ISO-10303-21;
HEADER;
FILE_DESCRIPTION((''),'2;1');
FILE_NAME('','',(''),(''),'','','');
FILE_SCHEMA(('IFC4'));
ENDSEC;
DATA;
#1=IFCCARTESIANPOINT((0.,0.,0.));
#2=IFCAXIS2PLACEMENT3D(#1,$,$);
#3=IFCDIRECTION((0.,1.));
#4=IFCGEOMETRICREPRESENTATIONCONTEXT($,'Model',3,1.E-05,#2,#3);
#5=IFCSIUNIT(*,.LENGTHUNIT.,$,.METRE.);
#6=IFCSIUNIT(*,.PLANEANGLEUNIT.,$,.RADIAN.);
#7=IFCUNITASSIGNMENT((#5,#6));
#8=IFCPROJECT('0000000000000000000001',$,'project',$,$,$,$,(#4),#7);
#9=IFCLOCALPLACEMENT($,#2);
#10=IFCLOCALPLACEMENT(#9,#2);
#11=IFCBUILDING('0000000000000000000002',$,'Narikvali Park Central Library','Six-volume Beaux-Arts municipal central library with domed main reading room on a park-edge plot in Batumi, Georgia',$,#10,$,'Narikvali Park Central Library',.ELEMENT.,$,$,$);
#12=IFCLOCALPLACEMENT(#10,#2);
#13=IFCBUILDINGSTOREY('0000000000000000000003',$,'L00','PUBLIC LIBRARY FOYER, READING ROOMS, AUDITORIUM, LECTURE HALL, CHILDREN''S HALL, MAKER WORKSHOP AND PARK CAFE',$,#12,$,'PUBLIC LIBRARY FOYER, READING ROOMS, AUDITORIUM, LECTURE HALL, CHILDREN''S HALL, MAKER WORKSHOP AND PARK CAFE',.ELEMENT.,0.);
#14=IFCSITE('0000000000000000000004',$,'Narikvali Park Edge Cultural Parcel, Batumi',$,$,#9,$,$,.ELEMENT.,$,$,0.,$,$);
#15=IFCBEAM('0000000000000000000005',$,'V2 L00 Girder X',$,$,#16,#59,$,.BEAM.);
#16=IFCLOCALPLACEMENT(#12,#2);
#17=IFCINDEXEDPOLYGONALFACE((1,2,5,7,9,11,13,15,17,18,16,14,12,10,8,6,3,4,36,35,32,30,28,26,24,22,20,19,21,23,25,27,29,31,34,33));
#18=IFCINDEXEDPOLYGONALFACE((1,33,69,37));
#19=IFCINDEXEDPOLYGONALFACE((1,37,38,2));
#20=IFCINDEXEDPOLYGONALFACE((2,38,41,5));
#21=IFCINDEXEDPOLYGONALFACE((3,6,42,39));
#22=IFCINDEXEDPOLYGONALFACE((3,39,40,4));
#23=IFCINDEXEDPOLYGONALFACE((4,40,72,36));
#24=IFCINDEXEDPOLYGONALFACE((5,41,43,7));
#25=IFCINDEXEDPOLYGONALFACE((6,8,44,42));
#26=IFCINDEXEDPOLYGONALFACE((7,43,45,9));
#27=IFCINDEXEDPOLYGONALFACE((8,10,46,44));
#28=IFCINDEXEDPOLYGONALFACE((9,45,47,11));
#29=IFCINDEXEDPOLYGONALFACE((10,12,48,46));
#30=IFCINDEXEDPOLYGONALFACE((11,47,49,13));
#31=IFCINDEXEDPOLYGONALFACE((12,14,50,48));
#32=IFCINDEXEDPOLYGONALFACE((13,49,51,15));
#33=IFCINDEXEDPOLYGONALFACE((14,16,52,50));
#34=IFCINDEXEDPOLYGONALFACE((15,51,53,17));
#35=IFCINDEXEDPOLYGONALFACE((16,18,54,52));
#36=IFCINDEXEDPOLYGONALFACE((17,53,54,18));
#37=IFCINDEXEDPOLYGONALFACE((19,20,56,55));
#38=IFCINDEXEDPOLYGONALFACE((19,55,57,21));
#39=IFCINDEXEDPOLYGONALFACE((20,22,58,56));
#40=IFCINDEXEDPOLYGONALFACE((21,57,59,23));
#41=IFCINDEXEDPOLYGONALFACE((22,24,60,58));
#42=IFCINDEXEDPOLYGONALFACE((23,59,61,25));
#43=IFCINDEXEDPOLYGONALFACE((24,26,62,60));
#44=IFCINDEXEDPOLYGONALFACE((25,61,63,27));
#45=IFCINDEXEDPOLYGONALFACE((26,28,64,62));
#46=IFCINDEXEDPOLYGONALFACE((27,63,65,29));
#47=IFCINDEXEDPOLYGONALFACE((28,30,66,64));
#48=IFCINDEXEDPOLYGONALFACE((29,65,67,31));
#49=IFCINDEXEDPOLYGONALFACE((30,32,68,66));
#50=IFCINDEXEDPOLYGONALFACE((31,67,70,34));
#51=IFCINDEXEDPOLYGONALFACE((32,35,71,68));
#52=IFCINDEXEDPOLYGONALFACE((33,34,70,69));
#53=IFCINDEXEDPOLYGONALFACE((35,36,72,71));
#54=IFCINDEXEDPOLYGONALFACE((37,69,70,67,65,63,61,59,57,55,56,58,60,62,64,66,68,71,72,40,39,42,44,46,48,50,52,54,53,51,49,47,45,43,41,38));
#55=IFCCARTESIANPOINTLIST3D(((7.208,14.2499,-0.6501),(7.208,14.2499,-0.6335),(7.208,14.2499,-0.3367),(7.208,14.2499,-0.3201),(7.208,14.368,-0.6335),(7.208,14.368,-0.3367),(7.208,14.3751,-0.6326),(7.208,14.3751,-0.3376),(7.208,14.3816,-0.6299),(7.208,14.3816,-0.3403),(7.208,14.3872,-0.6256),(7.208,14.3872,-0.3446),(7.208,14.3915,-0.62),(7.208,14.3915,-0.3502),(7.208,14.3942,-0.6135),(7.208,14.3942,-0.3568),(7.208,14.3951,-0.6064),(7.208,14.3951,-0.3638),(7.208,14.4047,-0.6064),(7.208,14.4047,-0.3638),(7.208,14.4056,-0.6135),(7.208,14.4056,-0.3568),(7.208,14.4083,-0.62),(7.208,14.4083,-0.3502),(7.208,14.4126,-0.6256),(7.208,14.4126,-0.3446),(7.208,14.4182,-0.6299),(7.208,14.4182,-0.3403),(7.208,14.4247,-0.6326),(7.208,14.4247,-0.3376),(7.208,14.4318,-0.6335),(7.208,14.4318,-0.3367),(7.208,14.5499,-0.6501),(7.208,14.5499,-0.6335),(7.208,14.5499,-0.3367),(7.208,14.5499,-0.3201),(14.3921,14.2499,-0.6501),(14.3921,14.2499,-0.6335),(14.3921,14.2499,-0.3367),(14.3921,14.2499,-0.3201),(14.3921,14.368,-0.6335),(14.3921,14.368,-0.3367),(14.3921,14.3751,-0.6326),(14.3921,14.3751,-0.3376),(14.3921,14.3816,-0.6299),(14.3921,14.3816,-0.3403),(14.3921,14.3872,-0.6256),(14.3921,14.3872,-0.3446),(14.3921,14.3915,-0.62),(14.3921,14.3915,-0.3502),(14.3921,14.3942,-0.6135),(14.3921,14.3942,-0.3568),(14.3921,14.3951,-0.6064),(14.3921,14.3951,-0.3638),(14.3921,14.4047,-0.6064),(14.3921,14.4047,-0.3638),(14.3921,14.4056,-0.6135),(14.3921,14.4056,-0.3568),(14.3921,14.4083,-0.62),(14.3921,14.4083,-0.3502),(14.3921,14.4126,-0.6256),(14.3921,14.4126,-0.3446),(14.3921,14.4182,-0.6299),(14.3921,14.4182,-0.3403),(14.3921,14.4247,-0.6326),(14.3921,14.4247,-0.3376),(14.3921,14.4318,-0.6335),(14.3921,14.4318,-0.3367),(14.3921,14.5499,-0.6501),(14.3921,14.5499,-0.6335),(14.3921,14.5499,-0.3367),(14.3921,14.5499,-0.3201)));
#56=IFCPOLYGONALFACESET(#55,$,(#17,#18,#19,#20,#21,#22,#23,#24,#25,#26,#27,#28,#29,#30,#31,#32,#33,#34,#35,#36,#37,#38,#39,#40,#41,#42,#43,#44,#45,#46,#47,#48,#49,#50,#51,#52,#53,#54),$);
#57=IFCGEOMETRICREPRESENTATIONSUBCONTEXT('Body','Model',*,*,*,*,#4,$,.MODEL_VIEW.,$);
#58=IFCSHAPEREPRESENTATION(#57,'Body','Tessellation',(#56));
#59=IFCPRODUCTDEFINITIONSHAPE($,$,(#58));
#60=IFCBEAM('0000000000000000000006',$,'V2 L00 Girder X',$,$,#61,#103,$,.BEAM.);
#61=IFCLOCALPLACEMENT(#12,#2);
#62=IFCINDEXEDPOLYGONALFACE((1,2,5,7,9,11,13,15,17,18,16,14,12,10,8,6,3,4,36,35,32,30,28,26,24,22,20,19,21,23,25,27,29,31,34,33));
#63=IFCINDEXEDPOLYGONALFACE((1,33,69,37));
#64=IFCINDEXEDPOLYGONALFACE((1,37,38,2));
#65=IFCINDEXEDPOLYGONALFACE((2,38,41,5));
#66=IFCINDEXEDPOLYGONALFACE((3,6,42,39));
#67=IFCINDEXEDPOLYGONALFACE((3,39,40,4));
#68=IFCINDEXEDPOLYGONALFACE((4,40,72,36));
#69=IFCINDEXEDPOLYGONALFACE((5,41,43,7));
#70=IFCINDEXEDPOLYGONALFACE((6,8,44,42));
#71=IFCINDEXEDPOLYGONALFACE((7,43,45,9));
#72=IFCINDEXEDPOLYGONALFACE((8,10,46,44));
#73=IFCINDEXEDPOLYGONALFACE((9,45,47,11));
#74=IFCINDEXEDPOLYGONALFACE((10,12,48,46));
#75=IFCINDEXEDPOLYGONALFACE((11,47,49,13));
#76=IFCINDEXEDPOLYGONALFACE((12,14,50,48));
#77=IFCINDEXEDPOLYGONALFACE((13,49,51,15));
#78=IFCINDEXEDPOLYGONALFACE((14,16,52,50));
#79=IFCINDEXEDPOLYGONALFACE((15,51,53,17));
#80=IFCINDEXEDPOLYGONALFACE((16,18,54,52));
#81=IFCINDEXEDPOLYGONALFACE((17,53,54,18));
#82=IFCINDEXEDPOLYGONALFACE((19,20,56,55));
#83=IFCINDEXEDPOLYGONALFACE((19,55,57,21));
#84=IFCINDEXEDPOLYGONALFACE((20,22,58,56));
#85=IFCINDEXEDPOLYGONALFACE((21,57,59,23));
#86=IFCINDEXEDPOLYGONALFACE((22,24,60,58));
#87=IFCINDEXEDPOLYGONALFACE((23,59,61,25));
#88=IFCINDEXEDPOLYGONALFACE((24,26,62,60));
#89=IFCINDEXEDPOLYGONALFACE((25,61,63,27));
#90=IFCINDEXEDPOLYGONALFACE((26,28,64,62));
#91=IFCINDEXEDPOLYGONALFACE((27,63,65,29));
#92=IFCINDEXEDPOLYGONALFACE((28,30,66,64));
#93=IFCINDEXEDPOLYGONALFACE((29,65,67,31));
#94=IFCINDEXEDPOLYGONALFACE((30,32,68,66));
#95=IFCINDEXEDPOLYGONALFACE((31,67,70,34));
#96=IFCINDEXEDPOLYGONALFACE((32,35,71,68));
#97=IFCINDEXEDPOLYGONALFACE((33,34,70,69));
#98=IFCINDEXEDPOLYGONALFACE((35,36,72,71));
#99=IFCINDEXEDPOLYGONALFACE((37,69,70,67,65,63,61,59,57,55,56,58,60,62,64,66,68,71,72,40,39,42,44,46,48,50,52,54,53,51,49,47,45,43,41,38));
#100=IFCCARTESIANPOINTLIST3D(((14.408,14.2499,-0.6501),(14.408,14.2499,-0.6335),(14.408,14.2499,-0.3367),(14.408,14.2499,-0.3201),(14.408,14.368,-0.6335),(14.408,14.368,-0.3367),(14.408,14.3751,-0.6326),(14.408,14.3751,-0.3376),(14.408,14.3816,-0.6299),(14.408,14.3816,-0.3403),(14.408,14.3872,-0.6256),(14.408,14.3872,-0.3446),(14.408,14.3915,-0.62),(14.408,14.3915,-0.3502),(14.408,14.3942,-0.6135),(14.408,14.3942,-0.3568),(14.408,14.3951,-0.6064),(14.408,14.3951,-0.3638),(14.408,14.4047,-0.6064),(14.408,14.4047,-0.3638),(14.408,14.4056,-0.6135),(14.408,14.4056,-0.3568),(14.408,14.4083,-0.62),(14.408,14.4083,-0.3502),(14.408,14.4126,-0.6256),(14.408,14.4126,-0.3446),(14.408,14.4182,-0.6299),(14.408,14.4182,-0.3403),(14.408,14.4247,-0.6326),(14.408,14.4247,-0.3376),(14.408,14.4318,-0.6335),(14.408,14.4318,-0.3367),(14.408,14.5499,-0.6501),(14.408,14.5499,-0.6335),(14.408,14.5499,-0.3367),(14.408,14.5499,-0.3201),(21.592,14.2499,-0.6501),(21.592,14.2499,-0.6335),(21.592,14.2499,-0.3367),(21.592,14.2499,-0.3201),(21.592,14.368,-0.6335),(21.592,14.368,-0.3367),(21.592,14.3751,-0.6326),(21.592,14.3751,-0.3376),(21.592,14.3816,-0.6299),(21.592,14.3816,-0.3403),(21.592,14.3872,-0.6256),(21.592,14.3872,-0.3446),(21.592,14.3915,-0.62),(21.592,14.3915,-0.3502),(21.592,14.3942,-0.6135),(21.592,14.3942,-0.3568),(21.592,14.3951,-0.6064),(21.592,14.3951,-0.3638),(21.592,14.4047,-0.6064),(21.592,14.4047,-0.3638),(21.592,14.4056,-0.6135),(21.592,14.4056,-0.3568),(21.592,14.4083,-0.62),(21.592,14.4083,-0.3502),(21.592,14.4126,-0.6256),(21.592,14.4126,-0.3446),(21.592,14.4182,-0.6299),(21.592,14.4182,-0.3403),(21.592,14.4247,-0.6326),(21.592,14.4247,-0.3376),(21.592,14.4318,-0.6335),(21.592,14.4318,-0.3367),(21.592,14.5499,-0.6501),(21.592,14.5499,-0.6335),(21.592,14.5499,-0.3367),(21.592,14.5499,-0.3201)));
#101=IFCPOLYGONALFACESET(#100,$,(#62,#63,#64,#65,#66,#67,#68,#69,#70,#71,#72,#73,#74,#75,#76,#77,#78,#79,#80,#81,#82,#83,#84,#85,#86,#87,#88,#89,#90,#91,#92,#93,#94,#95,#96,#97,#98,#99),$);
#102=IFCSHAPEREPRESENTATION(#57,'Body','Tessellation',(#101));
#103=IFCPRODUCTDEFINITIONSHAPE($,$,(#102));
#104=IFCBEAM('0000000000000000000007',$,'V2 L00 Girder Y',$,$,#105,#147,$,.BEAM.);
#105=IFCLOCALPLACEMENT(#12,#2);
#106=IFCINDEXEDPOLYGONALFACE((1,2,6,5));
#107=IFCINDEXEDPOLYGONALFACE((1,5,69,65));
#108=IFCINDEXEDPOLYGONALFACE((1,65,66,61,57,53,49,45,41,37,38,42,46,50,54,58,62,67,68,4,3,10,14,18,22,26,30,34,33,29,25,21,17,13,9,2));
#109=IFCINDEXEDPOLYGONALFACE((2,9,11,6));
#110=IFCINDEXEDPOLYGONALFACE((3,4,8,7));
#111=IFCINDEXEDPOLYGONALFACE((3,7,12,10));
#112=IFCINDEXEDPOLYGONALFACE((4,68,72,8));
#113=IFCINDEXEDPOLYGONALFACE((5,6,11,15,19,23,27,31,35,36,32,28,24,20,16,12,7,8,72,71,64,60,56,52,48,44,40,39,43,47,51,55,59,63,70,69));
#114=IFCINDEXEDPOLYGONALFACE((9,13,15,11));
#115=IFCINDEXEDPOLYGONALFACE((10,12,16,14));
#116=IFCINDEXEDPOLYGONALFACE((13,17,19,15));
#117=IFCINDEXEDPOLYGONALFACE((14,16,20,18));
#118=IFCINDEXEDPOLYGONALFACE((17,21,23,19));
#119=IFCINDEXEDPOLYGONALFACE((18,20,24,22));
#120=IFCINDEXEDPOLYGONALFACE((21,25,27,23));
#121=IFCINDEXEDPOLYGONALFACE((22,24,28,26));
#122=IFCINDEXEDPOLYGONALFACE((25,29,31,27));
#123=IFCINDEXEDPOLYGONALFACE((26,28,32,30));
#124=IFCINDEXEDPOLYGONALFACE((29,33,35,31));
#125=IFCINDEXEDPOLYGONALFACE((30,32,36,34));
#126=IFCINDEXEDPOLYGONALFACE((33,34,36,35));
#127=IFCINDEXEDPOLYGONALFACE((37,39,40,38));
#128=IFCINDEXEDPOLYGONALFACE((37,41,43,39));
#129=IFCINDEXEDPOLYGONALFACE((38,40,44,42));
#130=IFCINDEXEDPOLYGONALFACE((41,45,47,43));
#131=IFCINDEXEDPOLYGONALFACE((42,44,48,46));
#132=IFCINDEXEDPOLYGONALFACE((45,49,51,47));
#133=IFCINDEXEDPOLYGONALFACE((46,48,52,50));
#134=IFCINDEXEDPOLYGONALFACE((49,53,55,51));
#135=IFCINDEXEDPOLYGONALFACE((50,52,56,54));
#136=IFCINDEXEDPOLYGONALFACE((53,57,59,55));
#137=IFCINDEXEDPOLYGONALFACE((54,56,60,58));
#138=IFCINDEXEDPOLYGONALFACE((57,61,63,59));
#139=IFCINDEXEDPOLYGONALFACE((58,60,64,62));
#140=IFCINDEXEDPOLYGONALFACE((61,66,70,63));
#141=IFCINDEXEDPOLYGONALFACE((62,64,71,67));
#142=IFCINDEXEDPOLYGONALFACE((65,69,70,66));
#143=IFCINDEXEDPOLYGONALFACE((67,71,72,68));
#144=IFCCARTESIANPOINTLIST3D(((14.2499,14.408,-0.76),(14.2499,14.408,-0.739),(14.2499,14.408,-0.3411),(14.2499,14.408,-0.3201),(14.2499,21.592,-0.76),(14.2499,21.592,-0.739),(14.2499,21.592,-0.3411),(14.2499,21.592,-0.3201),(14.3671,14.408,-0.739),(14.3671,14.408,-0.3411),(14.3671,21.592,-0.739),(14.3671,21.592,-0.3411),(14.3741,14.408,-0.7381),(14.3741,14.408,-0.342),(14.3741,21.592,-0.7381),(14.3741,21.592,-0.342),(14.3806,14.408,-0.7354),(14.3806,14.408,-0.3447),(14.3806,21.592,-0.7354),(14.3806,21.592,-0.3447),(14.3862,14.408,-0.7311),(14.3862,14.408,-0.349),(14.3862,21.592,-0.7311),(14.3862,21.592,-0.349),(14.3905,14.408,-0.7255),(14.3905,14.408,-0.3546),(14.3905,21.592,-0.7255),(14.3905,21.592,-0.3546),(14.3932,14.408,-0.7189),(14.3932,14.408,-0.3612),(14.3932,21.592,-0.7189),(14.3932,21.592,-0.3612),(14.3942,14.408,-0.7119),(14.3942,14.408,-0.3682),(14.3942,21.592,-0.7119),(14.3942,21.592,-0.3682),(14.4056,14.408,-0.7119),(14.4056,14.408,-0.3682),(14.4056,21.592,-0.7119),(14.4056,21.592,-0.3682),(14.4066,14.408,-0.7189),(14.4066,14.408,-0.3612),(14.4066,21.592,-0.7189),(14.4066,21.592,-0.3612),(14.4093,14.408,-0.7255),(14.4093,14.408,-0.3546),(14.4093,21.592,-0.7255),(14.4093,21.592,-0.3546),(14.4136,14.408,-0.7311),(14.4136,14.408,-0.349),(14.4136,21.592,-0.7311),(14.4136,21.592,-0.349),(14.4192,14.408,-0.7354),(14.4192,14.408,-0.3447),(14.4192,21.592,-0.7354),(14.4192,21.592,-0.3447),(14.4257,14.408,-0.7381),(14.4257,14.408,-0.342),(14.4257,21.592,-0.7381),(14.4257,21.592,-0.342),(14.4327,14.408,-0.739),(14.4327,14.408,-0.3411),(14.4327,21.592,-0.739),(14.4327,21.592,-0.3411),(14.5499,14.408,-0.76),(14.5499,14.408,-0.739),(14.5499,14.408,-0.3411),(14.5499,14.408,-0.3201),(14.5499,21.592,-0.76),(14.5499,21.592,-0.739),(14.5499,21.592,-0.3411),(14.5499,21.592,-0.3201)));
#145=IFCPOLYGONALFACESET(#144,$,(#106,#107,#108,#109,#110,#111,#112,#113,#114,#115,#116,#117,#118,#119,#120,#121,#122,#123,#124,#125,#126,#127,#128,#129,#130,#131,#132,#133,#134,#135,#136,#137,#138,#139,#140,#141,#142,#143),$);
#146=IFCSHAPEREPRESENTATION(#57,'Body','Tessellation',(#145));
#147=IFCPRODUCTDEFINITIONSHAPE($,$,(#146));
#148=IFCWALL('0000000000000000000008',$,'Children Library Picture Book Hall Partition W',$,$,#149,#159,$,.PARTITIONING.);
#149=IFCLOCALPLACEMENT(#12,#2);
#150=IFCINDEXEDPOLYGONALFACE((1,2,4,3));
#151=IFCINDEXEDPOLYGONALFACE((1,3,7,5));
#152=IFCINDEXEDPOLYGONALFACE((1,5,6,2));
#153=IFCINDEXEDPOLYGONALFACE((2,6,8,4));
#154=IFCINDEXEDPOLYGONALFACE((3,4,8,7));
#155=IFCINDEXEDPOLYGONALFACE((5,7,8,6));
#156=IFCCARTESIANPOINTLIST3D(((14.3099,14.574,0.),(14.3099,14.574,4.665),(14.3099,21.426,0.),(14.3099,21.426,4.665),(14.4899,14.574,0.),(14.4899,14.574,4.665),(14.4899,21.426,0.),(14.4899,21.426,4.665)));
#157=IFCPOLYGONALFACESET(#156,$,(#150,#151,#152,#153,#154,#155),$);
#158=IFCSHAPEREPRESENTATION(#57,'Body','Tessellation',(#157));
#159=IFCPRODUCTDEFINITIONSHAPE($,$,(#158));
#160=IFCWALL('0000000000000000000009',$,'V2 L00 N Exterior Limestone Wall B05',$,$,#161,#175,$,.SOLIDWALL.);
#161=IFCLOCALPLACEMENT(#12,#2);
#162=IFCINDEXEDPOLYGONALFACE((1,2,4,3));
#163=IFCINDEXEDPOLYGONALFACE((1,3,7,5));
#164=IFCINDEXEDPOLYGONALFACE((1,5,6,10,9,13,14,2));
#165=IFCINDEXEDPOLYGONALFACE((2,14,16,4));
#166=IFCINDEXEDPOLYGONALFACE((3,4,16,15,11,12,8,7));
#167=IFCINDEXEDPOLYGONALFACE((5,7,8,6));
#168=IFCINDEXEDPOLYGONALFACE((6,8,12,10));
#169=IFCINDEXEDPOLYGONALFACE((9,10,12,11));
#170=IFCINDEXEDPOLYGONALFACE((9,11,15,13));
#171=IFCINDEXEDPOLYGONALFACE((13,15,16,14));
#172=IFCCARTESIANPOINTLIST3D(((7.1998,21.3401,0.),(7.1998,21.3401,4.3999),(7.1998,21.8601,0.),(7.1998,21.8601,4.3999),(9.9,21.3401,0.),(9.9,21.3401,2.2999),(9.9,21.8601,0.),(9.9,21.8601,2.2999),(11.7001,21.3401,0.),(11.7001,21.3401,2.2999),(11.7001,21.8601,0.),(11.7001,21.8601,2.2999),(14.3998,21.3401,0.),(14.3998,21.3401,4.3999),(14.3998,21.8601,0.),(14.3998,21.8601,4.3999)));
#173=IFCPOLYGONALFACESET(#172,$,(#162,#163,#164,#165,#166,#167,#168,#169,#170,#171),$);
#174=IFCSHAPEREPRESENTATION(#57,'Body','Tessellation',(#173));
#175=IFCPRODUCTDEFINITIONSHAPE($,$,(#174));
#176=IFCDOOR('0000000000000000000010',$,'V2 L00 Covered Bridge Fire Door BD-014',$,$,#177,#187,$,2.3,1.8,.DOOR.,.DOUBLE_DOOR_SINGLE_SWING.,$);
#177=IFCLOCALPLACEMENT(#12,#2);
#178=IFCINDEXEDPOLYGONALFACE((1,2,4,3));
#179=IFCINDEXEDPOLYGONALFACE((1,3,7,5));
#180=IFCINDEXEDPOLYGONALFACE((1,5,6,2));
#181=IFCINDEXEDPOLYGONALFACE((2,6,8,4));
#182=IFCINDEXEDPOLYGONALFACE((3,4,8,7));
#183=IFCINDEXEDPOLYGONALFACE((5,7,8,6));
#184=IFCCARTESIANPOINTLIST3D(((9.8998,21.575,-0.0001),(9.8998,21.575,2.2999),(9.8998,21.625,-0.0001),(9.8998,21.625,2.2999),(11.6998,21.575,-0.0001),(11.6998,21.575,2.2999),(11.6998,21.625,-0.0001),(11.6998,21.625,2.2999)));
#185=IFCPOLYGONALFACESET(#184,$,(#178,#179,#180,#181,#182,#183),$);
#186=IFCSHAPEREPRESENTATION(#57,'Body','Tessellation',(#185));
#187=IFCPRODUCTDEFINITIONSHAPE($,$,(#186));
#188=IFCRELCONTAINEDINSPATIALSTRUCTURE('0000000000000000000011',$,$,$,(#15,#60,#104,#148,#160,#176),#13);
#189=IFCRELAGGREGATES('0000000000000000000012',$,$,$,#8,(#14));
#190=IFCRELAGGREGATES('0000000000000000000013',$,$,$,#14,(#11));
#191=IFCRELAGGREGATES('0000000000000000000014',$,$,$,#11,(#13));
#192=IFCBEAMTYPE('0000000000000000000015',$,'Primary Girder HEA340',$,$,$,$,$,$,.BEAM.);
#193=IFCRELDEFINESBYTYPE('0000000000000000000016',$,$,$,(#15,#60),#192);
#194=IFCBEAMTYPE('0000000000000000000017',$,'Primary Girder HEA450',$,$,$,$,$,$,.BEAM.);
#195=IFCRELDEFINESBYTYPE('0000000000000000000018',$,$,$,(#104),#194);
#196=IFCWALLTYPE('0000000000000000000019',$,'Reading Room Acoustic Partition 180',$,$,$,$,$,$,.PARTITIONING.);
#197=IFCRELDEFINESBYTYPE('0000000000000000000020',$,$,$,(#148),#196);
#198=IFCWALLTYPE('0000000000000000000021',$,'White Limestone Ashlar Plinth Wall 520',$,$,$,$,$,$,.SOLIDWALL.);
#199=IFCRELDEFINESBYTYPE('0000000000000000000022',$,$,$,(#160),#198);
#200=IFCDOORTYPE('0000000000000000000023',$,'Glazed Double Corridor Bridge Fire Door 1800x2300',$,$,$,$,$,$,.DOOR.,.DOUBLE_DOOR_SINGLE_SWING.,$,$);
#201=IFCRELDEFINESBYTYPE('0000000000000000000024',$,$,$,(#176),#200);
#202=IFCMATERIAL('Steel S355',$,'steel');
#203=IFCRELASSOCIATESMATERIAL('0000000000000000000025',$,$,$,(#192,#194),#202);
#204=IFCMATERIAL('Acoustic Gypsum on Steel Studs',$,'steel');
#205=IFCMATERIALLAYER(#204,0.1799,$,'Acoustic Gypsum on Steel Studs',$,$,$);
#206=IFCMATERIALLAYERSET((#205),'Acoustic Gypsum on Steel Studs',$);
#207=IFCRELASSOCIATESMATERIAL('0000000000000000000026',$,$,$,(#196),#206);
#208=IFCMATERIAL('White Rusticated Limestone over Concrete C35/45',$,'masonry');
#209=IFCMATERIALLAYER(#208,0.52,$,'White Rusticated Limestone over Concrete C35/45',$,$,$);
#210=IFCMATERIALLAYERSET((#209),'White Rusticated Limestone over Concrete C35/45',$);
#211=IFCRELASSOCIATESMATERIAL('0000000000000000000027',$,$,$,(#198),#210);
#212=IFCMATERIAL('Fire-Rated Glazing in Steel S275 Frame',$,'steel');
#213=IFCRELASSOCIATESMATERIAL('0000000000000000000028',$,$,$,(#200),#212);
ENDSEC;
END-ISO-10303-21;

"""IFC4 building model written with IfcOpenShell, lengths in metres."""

from ifc_helpers import new_model, si_unit, direction, frame, frame_2d, origin, origin_2d, place, context, subcontext, project, spatial, rectangle, i_section, extrude, material, layer, layer_set, material_profile, profile_set, type_object, element, fill, save


model = new_model("IFC4")

# Units and contexts
model_context = context("Model", 3, precision=1e-05, world=origin(), true_north=direction((0.0, 1.0)))
body_context = subcontext(model_context, "Body", "Model", "MODEL_VIEW")
ifc_project = project(units=[si_unit("LENGTHUNIT", "METRE"), si_unit("PLANEANGLEUNIT", "RADIAN")], contexts=[model_context])

# Site, building, storey
site_placement = place(None, origin())
site = spatial("IfcSite", under=ifc_project, at=site_placement, Name="Narikvali Park Edge Cultural Parcel, Batumi", CompositionType="ELEMENT", RefElevation=0.0)
building_placement = place(site_placement, origin())
building = spatial("IfcBuilding", under=site, at=building_placement, Name="Narikvali Park Central Library", Description="Six-volume Beaux-Arts municipal central library with domed main reading room on a park-edge plot in Batumi, Georgia", LongName="Narikvali Park Central Library", CompositionType="ELEMENT")
storey_placement = place(building_placement, origin())
storey = spatial("IfcBuildingStorey", under=building, at=storey_placement, Name="L00", Description="PUBLIC LIBRARY FOYER, READING ROOMS, AUDITORIUM, LECTURE HALL, CHILDREN'S HALL, MAKER WORKSHOP AND PARK CAFE", LongName="PUBLIC LIBRARY FOYER, READING ROOMS, AUDITORIUM, LECTURE HALL, CHILDREN'S HALL, MAKER WORKSHOP AND PARK CAFE", CompositionType="ELEMENT", Elevation=0.0)

# Shared definitions
ifc_material_1 = material(Name="Steel S355", Category="steel")

# Beams
ifc_material_profile_1 = material_profile(ifc_material_1, i_section(OverallWidth=0.3, OverallDepth=0.3301, WebThickness=0.0095, FlangeThickness=0.0166, FilletRadius=0.0271, at=origin_2d()), Name="HEA 340")
ifc_profile_set_1 = profile_set([ifc_material_profile_1], Name="Steel S355")
beam_type_1 = type_object("IfcBeamType", Name="Primary Girder HEA340", PredefinedType="BEAM", material=ifc_profile_set_1)
for number, where, z_axis, x_axis, name in (
    (1, (7.208, 14.3999, -0.4851), (1.0, 0.0, 0.0), (0.0, 1.0, 0.0), "V2 L00 Girder X"),
    (2, (14.408, 14.3999, -0.4851), (1.0, 0.0, 0.0), (0.0, 1.0, 0.0), "V2 L00 Girder X"),
):
    element("IfcBeam", number, at=place(storey_placement, frame(where, z_axis=z_axis, x_axis=x_axis)), inside=storey, type_object=beam_type_1, Name=name, PredefinedType="BEAM", context=body_context, shape_type="SweptSolid", body=[
        extrude(i_section(OverallWidth=0.3, OverallDepth=0.3301, WebThickness=0.0095, FlangeThickness=0.0166, FilletRadius=0.0271, at=origin_2d()), origin(), (0.0, 0.0, 1.0), 7.1841),
    ])
ifc_material_profile_2 = material_profile(ifc_material_1, i_section(OverallWidth=0.3, OverallDepth=0.4399, WebThickness=0.0115, FlangeThickness=0.021, FilletRadius=0.0271, at=origin_2d()), Name="HEA 450")
ifc_profile_set_2 = profile_set([ifc_material_profile_2], Name="Steel S355")
beam_type_2 = type_object("IfcBeamType", Name="Primary Girder HEA450", PredefinedType="BEAM", material=ifc_profile_set_2)
beam_1_placement = place(storey_placement, frame((14.3999, 14.408, -0.54), z_axis=(0.0, 1.0, 0.0), x_axis=(-1.0, 0.0, 0.0)))
element("IfcBeam", 3, at=beam_1_placement, inside=storey, type_object=beam_type_2, Name="V2 L00 Girder Y", PredefinedType="BEAM", context=body_context, shape_type="SweptSolid", body=[
    extrude(i_section(OverallWidth=0.3, OverallDepth=0.4399, WebThickness=0.0115, FlangeThickness=0.021, FilletRadius=0.0271, at=origin_2d()), origin(), (0.0, 0.0, 1.0), 7.1841),
])

# Wall
ifc_material_2 = material(Name="Acoustic Gypsum on Steel Studs", Category="steel")
ifc_layer_1 = layer(ifc_material_2, 0.1799, Name="Acoustic Gypsum on Steel Studs")
ifc_layer_set_1 = layer_set([ifc_layer_1], Name="Acoustic Gypsum on Steel Studs")
wall_type_1 = type_object("IfcWallType", Name="Reading Room Acoustic Partition 180", PredefinedType="PARTITIONING", material=ifc_layer_set_1)
wall_1_placement = place(storey_placement, frame((14.3999, 14.574, 0.0), z_axis=(0.0, 0.0, 1.0), x_axis=(0.0, 1.0, 0.0)))
element("IfcWall", 4, at=wall_1_placement, inside=storey, type_object=wall_type_1, Name="Children Library Picture Book Hall Partition W", PredefinedType="PARTITIONING", context=body_context, shape_type="SweptSolid", body=[
    extrude(rectangle(XDim=6.8521, YDim=0.1799, at=frame_2d((3.426, 0.0))), origin(), (0.0, 0.0, 1.0), 4.665),
])

# Wall, opening, door
ifc_material_3 = material(Name="White Rusticated Limestone over Concrete C35/45", Category="masonry")
ifc_layer_2 = layer(ifc_material_3, 0.52, Name="White Rusticated Limestone over Concrete C35/45")
ifc_layer_set_2 = layer_set([ifc_layer_2], Name="White Rusticated Limestone over Concrete C35/45")
wall_type_2 = type_object("IfcWallType", Name="White Limestone Ashlar Plinth Wall 520", PredefinedType="SOLIDWALL", material=ifc_layer_set_2)
wall_2_placement = place(storey_placement, frame((14.3999, 21.6001, 0.0), z_axis=(0.0, 0.0, 1.0), x_axis=(-1.0, 0.0, 0.0)))
wall_2 = element("IfcWall", 5, at=wall_2_placement, inside=storey, type_object=wall_type_2, Name="V2 L00 N Exterior Limestone Wall B05", PredefinedType="SOLIDWALL", context=body_context, shape_type="SweptSolid", body=[
    extrude(rectangle(XDim=7.2, YDim=0.52, at=frame_2d((3.6001, 0.0))), origin(), (0.0, 0.0, 1.0), 4.3999),
])
opening_1_placement = place(wall_2_placement, frame((2.7, 0.0, 0.0)))
opening_1 = element("IfcOpeningElement", 6, at=opening_1_placement, cuts=wall_2, PredefinedType="OPENING", context=body_context, shape_type="SweptSolid", body=[
    extrude(rectangle(XDim=1.8, YDim=2.3, at=frame_2d((0.8999, 1.1499))), frame((0.0, 0.272, 0.0), z_axis=(0.0, -1.0, 0.0), x_axis=(1.0, 0.0, 0.0)), (0.0, 0.0, 1.0), 0.5439),
])
ifc_material_4 = material(Name="Fire-Rated Glazing in Steel S275 Frame", Category="steel")
door_type = type_object("IfcDoorType", Name="Glazed Double Corridor Bridge Fire Door 1800x2300", OperationType="DOUBLE_DOOR_SINGLE_SWING", PredefinedType="DOOR", material=ifc_material_4)
door_placement = place(opening_1_placement, frame((1.8, 0.0, 0.0), z_axis=(0.0, 0.0, 1.0), x_axis=(-1.0, 0.0, 0.0)))
door = element("IfcDoor", 7, at=door_placement, inside=storey, type_object=door_type, Name="V2 L00 Covered Bridge Fire Door BD-014", OperationType="DOUBLE_DOOR_SINGLE_SWING", OverallHeight=2.3, OverallWidth=1.8, PredefinedType="DOOR", context=body_context, shape_type="SweptSolid", body=[
    extrude(rectangle(XDim=1.8, YDim=2.3, at=frame_2d((0.8999, 1.1499))), frame((0.0, 0.0249, 0.0), z_axis=(0.0, -1.0, 0.0), x_axis=(1.0, 0.0, 0.0)), (0.0, 0.0, 1.0), 0.05),
])
fill(opening_1, door)

save(model, "model.ifc")
